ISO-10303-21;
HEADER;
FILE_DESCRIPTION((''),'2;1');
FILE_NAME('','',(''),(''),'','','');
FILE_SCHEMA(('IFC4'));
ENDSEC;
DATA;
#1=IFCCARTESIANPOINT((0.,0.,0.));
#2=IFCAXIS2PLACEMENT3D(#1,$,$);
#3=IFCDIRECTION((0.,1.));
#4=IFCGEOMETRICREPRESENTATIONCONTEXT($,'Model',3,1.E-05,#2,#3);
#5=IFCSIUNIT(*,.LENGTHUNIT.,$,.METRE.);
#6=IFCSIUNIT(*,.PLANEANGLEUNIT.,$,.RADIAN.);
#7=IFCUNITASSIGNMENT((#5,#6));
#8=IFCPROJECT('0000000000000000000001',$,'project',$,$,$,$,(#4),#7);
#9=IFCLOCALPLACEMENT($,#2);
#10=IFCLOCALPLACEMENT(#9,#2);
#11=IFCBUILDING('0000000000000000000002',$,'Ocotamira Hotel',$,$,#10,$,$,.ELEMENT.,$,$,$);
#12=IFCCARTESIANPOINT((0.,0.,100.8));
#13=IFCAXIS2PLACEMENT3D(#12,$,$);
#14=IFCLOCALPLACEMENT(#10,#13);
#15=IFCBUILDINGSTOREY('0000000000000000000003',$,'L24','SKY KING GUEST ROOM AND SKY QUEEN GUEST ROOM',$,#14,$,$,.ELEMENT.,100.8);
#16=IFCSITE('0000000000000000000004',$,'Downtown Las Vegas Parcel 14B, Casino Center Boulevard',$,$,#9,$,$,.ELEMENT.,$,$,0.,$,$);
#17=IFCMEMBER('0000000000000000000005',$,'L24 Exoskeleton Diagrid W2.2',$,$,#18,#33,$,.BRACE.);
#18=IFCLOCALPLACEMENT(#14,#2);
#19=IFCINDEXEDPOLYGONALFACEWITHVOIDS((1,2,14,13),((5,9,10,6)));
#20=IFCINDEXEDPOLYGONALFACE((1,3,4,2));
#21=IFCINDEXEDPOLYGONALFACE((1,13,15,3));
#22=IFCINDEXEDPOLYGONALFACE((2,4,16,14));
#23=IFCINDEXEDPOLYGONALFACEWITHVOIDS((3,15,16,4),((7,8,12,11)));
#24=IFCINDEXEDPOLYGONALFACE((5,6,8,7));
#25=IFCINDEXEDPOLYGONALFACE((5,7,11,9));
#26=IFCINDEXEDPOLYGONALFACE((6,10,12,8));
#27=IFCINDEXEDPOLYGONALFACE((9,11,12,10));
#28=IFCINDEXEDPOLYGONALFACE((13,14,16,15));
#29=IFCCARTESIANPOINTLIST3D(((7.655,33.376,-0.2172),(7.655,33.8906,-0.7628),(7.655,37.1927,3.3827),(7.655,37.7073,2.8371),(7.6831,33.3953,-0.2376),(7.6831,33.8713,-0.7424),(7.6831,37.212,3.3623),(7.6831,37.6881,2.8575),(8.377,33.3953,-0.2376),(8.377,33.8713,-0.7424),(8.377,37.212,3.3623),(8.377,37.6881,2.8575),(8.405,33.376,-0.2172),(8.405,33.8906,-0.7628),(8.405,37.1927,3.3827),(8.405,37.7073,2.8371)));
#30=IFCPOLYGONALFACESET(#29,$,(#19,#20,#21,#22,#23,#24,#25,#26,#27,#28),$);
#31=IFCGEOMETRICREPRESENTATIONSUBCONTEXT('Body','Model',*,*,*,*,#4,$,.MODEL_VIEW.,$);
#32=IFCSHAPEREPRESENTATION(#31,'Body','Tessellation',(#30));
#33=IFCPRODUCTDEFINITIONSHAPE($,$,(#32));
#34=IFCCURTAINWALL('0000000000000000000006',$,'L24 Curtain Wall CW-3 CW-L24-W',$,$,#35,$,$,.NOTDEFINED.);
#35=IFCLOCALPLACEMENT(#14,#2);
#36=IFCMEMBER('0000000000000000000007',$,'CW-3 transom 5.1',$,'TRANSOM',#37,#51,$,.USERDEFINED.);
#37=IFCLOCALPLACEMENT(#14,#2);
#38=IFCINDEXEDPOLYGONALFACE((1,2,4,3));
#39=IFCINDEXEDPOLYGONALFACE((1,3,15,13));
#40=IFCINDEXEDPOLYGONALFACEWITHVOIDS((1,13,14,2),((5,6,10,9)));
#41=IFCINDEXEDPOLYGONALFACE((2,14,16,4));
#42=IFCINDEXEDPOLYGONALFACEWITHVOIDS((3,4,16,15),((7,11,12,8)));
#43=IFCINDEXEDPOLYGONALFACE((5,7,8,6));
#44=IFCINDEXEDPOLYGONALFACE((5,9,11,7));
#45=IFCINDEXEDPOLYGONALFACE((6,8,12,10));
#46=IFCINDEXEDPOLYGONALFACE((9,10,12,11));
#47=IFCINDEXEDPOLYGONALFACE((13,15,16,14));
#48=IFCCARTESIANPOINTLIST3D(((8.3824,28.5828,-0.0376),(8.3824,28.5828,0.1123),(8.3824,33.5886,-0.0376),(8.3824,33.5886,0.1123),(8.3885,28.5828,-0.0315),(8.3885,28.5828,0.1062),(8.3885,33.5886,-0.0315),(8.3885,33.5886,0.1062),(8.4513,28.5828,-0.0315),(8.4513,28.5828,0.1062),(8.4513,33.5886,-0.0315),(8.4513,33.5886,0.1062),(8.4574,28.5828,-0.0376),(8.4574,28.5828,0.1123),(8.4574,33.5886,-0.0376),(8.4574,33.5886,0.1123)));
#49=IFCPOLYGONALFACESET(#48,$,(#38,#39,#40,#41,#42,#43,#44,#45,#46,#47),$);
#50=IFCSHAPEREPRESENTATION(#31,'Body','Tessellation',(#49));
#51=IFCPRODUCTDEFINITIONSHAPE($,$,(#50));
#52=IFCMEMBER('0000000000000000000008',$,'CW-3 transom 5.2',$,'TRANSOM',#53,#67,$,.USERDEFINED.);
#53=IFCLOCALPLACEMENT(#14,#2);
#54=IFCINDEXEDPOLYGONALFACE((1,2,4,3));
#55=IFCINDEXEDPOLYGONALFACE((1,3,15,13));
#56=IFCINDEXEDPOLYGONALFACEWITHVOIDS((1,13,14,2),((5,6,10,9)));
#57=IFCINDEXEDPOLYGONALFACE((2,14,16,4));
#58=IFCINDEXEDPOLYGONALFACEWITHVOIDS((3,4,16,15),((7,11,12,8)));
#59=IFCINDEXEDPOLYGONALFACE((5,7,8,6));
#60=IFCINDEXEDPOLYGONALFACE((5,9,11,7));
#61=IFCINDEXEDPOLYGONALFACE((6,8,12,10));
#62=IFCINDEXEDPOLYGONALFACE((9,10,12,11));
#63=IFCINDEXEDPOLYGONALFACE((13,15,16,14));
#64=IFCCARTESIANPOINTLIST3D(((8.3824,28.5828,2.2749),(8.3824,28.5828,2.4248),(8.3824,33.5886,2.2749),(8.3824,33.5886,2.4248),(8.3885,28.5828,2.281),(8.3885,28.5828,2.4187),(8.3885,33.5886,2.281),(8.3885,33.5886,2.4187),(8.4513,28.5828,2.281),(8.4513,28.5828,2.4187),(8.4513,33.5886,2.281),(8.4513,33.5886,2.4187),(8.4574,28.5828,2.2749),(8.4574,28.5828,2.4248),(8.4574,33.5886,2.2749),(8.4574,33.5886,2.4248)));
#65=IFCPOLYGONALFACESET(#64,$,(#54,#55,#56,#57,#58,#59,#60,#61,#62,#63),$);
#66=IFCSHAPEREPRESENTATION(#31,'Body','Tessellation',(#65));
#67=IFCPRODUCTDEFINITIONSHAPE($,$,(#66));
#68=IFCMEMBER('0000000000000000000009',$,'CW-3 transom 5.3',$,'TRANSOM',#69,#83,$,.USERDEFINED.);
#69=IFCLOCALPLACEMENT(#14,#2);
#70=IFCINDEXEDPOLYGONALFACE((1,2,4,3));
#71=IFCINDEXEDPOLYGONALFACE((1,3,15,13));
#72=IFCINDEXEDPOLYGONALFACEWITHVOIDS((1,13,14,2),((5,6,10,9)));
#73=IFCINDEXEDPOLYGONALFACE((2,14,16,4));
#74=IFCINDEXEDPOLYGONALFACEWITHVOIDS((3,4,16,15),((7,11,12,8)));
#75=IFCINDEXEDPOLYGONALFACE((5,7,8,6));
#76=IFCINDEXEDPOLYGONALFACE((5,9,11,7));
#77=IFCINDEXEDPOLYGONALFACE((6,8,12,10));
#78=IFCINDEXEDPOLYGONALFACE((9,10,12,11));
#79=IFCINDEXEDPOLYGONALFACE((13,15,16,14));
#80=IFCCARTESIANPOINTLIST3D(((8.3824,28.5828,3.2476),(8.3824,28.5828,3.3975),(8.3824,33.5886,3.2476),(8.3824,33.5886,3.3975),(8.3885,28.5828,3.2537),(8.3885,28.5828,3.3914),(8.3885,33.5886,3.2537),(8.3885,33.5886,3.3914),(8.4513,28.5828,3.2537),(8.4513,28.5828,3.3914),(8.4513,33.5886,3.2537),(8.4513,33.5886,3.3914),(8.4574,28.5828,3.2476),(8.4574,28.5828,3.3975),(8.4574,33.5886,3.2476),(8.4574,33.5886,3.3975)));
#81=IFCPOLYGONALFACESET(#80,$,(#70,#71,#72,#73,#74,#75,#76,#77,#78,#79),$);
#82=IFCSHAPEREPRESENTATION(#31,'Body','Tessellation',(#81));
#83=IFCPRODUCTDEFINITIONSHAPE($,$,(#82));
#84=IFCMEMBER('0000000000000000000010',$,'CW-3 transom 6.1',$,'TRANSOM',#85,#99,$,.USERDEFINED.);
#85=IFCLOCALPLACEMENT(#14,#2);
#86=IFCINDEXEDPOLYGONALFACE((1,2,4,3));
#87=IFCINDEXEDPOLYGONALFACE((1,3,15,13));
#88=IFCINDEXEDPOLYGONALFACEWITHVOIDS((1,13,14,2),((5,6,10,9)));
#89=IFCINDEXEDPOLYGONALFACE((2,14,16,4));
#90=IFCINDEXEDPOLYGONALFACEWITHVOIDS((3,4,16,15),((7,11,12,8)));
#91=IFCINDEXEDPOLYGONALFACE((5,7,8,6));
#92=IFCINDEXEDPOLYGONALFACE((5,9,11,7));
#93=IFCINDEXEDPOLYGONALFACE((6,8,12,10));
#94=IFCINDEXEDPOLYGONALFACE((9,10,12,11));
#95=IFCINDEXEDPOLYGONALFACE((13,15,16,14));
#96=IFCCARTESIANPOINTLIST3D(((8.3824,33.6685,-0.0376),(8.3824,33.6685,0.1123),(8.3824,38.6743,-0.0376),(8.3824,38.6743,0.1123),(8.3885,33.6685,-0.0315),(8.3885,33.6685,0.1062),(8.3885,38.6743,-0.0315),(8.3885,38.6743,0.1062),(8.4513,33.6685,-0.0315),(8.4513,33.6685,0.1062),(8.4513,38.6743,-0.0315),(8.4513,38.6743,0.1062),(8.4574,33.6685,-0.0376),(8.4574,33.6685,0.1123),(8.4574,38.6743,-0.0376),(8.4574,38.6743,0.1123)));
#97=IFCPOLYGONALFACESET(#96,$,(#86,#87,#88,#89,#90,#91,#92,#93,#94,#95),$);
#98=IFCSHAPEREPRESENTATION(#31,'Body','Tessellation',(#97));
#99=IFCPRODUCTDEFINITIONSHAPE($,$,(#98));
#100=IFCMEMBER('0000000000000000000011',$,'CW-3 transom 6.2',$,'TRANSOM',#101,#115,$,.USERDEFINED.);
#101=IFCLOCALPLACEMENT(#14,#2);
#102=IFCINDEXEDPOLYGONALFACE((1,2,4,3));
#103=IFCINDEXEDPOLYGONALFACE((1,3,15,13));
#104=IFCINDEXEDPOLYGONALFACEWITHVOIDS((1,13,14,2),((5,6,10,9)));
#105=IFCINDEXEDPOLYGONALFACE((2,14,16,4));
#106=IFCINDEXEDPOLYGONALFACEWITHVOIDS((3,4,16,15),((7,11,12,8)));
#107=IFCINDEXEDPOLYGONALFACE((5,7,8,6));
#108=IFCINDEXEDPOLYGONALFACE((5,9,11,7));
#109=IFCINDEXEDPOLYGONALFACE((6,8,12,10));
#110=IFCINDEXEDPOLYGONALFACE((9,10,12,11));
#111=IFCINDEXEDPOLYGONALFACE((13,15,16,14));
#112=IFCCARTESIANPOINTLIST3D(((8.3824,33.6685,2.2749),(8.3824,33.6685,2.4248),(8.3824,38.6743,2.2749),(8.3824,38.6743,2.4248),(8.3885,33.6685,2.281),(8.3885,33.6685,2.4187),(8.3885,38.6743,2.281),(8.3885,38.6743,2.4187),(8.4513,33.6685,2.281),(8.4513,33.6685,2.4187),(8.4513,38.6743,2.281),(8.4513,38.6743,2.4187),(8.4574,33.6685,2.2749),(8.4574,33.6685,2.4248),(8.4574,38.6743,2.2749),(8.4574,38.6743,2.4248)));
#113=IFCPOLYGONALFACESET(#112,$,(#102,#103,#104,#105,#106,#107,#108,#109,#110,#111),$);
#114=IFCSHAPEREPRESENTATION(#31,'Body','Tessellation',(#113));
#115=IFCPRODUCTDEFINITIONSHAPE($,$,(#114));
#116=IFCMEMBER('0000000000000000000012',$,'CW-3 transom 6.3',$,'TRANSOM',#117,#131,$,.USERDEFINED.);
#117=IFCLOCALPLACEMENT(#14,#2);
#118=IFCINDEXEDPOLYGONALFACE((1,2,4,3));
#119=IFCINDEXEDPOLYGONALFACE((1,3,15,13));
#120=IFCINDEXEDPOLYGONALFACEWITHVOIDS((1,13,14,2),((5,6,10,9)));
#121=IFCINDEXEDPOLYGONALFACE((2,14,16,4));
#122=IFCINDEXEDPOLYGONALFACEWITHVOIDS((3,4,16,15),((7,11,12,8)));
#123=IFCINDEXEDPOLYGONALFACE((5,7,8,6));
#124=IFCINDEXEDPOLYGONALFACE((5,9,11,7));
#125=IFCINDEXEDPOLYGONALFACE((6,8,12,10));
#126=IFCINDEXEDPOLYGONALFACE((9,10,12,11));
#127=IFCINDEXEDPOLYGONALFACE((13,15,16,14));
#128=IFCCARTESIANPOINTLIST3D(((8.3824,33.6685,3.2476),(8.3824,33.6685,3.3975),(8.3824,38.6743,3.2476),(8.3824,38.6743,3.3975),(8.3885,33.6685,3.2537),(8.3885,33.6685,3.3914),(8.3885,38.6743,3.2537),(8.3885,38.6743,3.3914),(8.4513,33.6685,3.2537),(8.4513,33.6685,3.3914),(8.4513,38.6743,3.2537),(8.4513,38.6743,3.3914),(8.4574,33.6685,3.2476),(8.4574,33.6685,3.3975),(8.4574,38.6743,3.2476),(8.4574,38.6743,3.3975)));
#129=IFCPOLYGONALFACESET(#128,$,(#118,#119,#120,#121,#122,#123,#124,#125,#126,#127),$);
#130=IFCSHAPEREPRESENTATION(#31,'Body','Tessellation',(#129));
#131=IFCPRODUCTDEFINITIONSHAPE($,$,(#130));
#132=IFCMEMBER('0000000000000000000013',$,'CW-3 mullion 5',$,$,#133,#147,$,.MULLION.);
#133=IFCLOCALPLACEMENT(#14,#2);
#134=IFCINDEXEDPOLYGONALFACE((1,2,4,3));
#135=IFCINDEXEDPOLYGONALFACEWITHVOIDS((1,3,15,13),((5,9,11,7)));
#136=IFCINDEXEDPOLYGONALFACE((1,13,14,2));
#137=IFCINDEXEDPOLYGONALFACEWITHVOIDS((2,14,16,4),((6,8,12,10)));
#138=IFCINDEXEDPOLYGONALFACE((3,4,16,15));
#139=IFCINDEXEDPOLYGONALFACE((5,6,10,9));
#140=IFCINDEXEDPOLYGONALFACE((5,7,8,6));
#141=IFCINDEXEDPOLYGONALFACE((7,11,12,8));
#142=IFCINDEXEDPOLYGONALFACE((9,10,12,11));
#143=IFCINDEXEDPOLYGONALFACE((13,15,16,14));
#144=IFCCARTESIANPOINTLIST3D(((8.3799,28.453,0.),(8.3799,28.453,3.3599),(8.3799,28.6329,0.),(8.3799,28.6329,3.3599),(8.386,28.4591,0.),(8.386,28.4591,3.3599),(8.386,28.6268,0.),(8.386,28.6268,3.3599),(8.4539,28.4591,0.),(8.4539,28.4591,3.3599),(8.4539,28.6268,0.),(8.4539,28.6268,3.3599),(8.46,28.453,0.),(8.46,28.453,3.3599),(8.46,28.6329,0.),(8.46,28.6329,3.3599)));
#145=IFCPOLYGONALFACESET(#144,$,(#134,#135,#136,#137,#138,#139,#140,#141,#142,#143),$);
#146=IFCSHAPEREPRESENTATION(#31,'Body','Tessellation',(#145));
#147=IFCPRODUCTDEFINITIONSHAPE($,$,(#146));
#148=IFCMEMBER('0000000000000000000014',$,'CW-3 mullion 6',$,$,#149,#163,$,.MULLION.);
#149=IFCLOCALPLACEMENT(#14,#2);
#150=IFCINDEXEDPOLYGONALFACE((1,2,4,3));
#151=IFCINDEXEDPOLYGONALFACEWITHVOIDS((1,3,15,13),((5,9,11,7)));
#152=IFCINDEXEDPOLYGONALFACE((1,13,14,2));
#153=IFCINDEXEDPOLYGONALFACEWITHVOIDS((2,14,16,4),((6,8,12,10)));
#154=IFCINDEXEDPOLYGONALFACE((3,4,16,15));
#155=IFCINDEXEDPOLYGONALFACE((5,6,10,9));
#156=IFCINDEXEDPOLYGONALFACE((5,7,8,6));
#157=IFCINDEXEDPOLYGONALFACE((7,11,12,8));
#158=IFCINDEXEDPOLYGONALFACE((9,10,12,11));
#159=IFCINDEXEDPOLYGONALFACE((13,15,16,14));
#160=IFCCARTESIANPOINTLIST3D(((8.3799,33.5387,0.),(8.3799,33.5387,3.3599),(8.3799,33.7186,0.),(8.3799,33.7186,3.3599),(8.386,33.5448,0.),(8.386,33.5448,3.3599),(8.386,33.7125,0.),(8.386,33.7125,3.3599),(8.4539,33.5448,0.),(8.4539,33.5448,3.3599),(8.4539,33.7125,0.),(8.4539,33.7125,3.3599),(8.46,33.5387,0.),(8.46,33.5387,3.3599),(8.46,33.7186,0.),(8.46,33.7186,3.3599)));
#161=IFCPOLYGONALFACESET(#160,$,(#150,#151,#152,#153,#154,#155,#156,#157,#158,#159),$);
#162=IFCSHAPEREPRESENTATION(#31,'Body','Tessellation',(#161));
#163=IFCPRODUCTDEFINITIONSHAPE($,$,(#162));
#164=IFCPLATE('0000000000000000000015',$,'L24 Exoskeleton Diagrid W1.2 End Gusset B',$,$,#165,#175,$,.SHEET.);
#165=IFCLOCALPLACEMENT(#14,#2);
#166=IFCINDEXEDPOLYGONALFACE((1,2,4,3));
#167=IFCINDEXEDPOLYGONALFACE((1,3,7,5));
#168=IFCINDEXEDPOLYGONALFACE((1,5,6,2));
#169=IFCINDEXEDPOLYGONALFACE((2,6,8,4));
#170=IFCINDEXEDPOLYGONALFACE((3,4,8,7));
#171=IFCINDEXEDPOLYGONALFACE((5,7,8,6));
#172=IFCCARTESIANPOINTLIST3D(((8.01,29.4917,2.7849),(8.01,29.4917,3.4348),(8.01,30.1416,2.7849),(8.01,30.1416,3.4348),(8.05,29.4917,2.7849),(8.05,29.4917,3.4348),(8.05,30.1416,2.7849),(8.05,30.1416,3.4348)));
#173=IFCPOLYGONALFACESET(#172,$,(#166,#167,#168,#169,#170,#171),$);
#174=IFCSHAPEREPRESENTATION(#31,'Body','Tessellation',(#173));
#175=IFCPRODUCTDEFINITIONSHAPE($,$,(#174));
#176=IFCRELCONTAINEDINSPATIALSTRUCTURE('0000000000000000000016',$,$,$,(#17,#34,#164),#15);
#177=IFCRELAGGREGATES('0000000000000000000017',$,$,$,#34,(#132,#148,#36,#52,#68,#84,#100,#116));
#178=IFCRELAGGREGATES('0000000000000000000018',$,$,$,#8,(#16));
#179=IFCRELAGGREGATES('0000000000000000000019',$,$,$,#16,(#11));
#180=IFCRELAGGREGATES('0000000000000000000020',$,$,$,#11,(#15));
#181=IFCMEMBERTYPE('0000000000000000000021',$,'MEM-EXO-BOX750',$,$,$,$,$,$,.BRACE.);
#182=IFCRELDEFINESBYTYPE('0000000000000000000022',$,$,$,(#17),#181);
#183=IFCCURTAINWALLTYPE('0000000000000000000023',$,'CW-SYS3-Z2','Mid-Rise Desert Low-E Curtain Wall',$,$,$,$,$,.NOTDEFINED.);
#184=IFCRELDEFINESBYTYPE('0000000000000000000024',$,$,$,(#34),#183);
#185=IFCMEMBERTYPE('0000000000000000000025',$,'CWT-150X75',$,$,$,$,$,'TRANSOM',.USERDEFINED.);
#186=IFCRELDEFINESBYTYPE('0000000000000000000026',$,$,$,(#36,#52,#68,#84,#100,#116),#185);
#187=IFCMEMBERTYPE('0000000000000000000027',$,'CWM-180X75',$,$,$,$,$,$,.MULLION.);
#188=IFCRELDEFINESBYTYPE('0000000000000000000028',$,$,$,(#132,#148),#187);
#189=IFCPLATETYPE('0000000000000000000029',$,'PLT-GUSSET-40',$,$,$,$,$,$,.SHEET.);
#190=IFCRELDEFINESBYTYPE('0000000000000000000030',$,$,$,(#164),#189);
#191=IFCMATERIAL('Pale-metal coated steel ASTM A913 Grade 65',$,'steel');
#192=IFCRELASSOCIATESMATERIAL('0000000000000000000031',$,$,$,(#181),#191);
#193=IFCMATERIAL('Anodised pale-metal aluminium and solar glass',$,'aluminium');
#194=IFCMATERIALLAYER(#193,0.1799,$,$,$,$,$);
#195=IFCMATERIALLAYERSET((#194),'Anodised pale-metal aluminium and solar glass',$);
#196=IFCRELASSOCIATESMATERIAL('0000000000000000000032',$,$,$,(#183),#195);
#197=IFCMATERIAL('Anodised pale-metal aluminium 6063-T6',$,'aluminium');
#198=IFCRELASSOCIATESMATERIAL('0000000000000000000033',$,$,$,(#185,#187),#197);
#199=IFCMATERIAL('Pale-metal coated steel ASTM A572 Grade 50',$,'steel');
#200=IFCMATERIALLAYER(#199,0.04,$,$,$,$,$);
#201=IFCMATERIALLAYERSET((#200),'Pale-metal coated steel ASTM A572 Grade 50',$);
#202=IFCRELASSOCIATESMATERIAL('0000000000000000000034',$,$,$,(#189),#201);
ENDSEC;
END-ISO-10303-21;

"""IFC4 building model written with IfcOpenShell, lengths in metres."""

from ifc_helpers import new_model, si_unit, direction, frame, origin, origin_2d, place, context, subcontext, project, spatial, rectangle, hollow_rectangle, extrude, source, transform, mapped, material, layer, layer_set, material_profile, profile_set, type_object, element, aggregate, save


model = new_model("IFC4")

# Units and contexts
model_context = context("Model", 3, precision=1e-05, world=origin(), true_north=direction((0.0, 1.0)))
body_context = subcontext(model_context, "Body", "Model", "MODEL_VIEW")
ifc_project = project(units=[si_unit("LENGTHUNIT", "METRE"), si_unit("PLANEANGLEUNIT", "RADIAN")], contexts=[model_context])

# Site, building, storey
site_placement = place(None, origin())
site = spatial("IfcSite", under=ifc_project, at=site_placement, Name="Downtown Las Vegas Parcel 14B, Casino Center Boulevard", CompositionType="ELEMENT", RefElevation=0.0)
building_placement = place(site_placement, origin())
building = spatial("IfcBuilding", under=site, at=building_placement, Name="Ocotamira Hotel", CompositionType="ELEMENT")
storey_placement = place(building_placement, frame((0.0, 0.0, 100.8)))
storey = spatial("IfcBuildingStorey", under=building, at=storey_placement, Name="L24", Description="SKY KING GUEST ROOM AND SKY QUEEN GUEST ROOM", CompositionType="ELEMENT", Elevation=100.8)

# Member
ifc_material_1 = material(Name="Pale-metal coated steel ASTM A913 Grade 65", Category="steel")
ifc_material_profile_1 = material_profile(ifc_material_1, hollow_rectangle(XDim=0.75, YDim=0.75, WallThickness=0.0281, at=origin_2d()), Name="BOX750X750X28")
ifc_profile_set_1 = profile_set([ifc_material_profile_1], Name="Pale-metal coated steel ASTM A913 Grade 65")
member_type_1 = type_object("IfcMemberType", Name="MEM-EXO-BOX750", PredefinedType="BRACE", material=ifc_profile_set_1)
shared_shape_1 = source(origin(), body_context, "Body", "SweptSolid", [
    extrude(hollow_rectangle(XDim=0.75, YDim=0.75, WallThickness=0.0281, at=origin_2d()), origin(), (0.0, 0.0, 1.0), 5.2466),
])
for number, where, z_axis, x_axis, name in (
    (1, (8.03, 33.6333, -0.49), (0.0, 0.727466, 0.686144), (-1.0, 0.0, 0.0), "L24 Exoskeleton Diagrid W2.2"),
):
    element("IfcMember", number, at=place(storey_placement, frame(where, z_axis=z_axis, x_axis=x_axis)), inside=storey, type_object=member_type_1, Name=name, PredefinedType="BRACE", context=body_context, shape_type="MappedRepresentation", body=[
        mapped(shared_shape_1, transform((0.0, 0.0, 0.0), scale=1.0)),
    ])

# Curtain wall, members
ifc_material_2 = material(Name="Anodised pale-metal aluminium and solar glass", Category="aluminium")
ifc_layer_1 = layer(ifc_material_2, 0.1799)
ifc_layer_set_1 = layer_set([ifc_layer_1], Name="Anodised pale-metal aluminium and solar glass")
curtain_wall_type = type_object("IfcCurtainWallType", Name="CW-SYS3-Z2", Description="Mid-Rise Desert Low-E Curtain Wall", PredefinedType="NOTDEFINED", material=ifc_layer_set_1)
curtain_wall_placement = place(storey_placement, origin())
curtain_wall = element("IfcCurtainWall", 2, at=curtain_wall_placement, inside=storey, type_object=curtain_wall_type, Name="L24 Curtain Wall CW-3 CW-L24-W", PredefinedType="NOTDEFINED")
ifc_material_3 = material(Name="Anodised pale-metal aluminium 6063-T6", Category="aluminium")
ifc_material_profile_2 = material_profile(ifc_material_3, hollow_rectangle(XDim=0.075, YDim=0.1499, WallThickness=0.0061, at=origin_2d()), Name="HSS150X75X6")
ifc_profile_set_2 = profile_set([ifc_material_profile_2], Name="Anodised pale-metal aluminium 6063-T6")
member_type_2 = type_object("IfcMemberType", Name="CWT-150X75", ElementType="TRANSOM", PredefinedType="USERDEFINED", material=ifc_profile_set_2)
shared_shape_2 = source(origin(), body_context, "Body", "SweptSolid", [
    extrude(hollow_rectangle(XDim=0.075, YDim=0.1499, WallThickness=0.0061, at=origin_2d()), origin(), (0.0, 0.0, 1.0), 5.0059),
])
member_1_placement = place(storey_placement, frame((8.4199, 28.5828, 0.0374), z_axis=(0.0, 1.0, 0.0), x_axis=(-1.0, 0.0, 0.0)))
member_1 = element("IfcMember", 3, at=member_1_placement, type_object=member_type_2, Name="CW-3 transom 5.1", ObjectType="TRANSOM", PredefinedType="USERDEFINED", context=body_context, shape_type="MappedRepresentation", body=[
    mapped(shared_shape_2, transform((0.0, 0.0, 0.0), scale=1.0)),
])
member_2_placement = place(storey_placement, frame((8.4199, 28.5828, 2.3499), z_axis=(0.0, 1.0, 0.0), x_axis=(-1.0, 0.0, 0.0)))
member_2 = element("IfcMember", 4, at=member_2_placement, type_object=member_type_2, Name="CW-3 transom 5.2", ObjectType="TRANSOM", PredefinedType="USERDEFINED", context=body_context, shape_type="MappedRepresentation", body=[
    mapped(shared_shape_2, transform((0.0, 0.0, 0.0), scale=1.0)),
])
member_3_placement = place(storey_placement, frame((8.4199, 28.5828, 3.3225), z_axis=(0.0, 1.0, 0.0), x_axis=(-1.0, 0.0, 0.0)))
member_3 = element("IfcMember", 5, at=member_3_placement, type_object=member_type_2, Name="CW-3 transom 5.3", ObjectType="TRANSOM", PredefinedType="USERDEFINED", context=body_context, shape_type="MappedRepresentation", body=[
    mapped(shared_shape_2, transform((0.0, 0.0, 0.0), scale=1.0)),
])
member_4_placement = place(storey_placement, frame((8.4199, 33.6685, 0.0374), z_axis=(0.0, 1.0, 0.0), x_axis=(-1.0, 0.0, 0.0)))
member_4 = element("IfcMember", 6, at=member_4_placement, type_object=member_type_2, Name="CW-3 transom 6.1", ObjectType="TRANSOM", PredefinedType="USERDEFINED", context=body_context, shape_type="MappedRepresentation", body=[
    mapped(shared_shape_2, transform((0.0, 0.0, 0.0), scale=1.0)),
])
member_5_placement = place(storey_placement, frame((8.4199, 33.6685, 2.3499), z_axis=(0.0, 1.0, 0.0), x_axis=(-1.0, 0.0, 0.0)))
member_5 = element("IfcMember", 7, at=member_5_placement, type_object=member_type_2, Name="CW-3 transom 6.2", ObjectType="TRANSOM", PredefinedType="USERDEFINED", context=body_context, shape_type="MappedRepresentation", body=[
    mapped(shared_shape_2, transform((0.0, 0.0, 0.0), scale=1.0)),
])
member_6_placement = place(storey_placement, frame((8.4199, 33.6685, 3.3225), z_axis=(0.0, 1.0, 0.0), x_axis=(-1.0, 0.0, 0.0)))
member_6 = element("IfcMember", 8, at=member_6_placement, type_object=member_type_2, Name="CW-3 transom 6.3", ObjectType="TRANSOM", PredefinedType="USERDEFINED", context=body_context, shape_type="MappedRepresentation", body=[
    mapped(shared_shape_2, transform((0.0, 0.0, 0.0), scale=1.0)),
])
ifc_material_profile_3 = material_profile(ifc_material_3, hollow_rectangle(XDim=0.0801, YDim=0.1799, WallThickness=0.0061, at=origin_2d()), Name="HSS180X80X6")
ifc_profile_set_3 = profile_set([ifc_material_profile_3], Name="Anodised pale-metal aluminium 6063-T6")
member_type_3 = type_object("IfcMemberType", Name="CWM-180X75", PredefinedType="MULLION", material=ifc_profile_set_3)
shared_shape_3 = source(origin(), body_context, "Body", "SweptSolid", [
    extrude(hollow_rectangle(XDim=0.0801, YDim=0.1799, WallThickness=0.0061, at=origin_2d()), origin(), (0.0, 0.0, 1.0), 3.3599),
])
member_7_placement = place(storey_placement, frame((8.4199, 28.543, 0.0), z_axis=(0.0, 0.0, 1.0), x_axis=(-1.0, 0.0, 0.0)))
member_7 = element("IfcMember", 9, at=member_7_placement, type_object=member_type_3, Name="CW-3 mullion 5", PredefinedType="MULLION", context=body_context, shape_type="MappedRepresentation", body=[
    mapped(shared_shape_3, transform((0.0, 0.0, 0.0), scale=1.0)),
])
member_8_placement = place(storey_placement, frame((8.4199, 33.6287, 0.0), z_axis=(0.0, 0.0, 1.0), x_axis=(-1.0, 0.0, 0.0)))
member_8 = element("IfcMember", 10, at=member_8_placement, type_object=member_type_3, Name="CW-3 mullion 6", PredefinedType="MULLION", context=body_context, shape_type="MappedRepresentation", body=[
    mapped(shared_shape_3, transform((0.0, 0.0, 0.0), scale=1.0)),
])

# Plate
ifc_material_4 = material(Name="Pale-metal coated steel ASTM A572 Grade 50", Category="steel")
ifc_layer_2 = layer(ifc_material_4, 0.04)
ifc_layer_set_2 = layer_set([ifc_layer_2], Name="Pale-metal coated steel ASTM A572 Grade 50")
plate_type_1 = type_object("IfcPlateType", Name="PLT-GUSSET-40", PredefinedType="SHEET", material=ifc_layer_set_2)
shared_shape_4 = source(origin(), body_context, "Body", "SweptSolid", [
    extrude(rectangle(XDim=0.04, YDim=0.6499, at=origin_2d()), origin(), (0.0, 0.0, 1.0), 0.6499),
])
plate_1_placement = place(storey_placement, frame((8.03, 29.8167, 2.7849), z_axis=(0.0, 0.0, 1.0), x_axis=(1.0, 0.0, 0.0)))
element("IfcPlate", 11, at=plate_1_placement, inside=storey, type_object=plate_type_1, Name="L24 Exoskeleton Diagrid W1.2 End Gusset B", PredefinedType="SHEET", context=body_context, shape_type="MappedRepresentation", body=[
    mapped(shared_shape_4, transform((0.0, 0.0, 0.0), scale=1.0)),
])
aggregate(curtain_wall, [member_7, member_8, member_1, member_2, member_3, member_4, member_5, member_6])

save(model, "model.ifc")
